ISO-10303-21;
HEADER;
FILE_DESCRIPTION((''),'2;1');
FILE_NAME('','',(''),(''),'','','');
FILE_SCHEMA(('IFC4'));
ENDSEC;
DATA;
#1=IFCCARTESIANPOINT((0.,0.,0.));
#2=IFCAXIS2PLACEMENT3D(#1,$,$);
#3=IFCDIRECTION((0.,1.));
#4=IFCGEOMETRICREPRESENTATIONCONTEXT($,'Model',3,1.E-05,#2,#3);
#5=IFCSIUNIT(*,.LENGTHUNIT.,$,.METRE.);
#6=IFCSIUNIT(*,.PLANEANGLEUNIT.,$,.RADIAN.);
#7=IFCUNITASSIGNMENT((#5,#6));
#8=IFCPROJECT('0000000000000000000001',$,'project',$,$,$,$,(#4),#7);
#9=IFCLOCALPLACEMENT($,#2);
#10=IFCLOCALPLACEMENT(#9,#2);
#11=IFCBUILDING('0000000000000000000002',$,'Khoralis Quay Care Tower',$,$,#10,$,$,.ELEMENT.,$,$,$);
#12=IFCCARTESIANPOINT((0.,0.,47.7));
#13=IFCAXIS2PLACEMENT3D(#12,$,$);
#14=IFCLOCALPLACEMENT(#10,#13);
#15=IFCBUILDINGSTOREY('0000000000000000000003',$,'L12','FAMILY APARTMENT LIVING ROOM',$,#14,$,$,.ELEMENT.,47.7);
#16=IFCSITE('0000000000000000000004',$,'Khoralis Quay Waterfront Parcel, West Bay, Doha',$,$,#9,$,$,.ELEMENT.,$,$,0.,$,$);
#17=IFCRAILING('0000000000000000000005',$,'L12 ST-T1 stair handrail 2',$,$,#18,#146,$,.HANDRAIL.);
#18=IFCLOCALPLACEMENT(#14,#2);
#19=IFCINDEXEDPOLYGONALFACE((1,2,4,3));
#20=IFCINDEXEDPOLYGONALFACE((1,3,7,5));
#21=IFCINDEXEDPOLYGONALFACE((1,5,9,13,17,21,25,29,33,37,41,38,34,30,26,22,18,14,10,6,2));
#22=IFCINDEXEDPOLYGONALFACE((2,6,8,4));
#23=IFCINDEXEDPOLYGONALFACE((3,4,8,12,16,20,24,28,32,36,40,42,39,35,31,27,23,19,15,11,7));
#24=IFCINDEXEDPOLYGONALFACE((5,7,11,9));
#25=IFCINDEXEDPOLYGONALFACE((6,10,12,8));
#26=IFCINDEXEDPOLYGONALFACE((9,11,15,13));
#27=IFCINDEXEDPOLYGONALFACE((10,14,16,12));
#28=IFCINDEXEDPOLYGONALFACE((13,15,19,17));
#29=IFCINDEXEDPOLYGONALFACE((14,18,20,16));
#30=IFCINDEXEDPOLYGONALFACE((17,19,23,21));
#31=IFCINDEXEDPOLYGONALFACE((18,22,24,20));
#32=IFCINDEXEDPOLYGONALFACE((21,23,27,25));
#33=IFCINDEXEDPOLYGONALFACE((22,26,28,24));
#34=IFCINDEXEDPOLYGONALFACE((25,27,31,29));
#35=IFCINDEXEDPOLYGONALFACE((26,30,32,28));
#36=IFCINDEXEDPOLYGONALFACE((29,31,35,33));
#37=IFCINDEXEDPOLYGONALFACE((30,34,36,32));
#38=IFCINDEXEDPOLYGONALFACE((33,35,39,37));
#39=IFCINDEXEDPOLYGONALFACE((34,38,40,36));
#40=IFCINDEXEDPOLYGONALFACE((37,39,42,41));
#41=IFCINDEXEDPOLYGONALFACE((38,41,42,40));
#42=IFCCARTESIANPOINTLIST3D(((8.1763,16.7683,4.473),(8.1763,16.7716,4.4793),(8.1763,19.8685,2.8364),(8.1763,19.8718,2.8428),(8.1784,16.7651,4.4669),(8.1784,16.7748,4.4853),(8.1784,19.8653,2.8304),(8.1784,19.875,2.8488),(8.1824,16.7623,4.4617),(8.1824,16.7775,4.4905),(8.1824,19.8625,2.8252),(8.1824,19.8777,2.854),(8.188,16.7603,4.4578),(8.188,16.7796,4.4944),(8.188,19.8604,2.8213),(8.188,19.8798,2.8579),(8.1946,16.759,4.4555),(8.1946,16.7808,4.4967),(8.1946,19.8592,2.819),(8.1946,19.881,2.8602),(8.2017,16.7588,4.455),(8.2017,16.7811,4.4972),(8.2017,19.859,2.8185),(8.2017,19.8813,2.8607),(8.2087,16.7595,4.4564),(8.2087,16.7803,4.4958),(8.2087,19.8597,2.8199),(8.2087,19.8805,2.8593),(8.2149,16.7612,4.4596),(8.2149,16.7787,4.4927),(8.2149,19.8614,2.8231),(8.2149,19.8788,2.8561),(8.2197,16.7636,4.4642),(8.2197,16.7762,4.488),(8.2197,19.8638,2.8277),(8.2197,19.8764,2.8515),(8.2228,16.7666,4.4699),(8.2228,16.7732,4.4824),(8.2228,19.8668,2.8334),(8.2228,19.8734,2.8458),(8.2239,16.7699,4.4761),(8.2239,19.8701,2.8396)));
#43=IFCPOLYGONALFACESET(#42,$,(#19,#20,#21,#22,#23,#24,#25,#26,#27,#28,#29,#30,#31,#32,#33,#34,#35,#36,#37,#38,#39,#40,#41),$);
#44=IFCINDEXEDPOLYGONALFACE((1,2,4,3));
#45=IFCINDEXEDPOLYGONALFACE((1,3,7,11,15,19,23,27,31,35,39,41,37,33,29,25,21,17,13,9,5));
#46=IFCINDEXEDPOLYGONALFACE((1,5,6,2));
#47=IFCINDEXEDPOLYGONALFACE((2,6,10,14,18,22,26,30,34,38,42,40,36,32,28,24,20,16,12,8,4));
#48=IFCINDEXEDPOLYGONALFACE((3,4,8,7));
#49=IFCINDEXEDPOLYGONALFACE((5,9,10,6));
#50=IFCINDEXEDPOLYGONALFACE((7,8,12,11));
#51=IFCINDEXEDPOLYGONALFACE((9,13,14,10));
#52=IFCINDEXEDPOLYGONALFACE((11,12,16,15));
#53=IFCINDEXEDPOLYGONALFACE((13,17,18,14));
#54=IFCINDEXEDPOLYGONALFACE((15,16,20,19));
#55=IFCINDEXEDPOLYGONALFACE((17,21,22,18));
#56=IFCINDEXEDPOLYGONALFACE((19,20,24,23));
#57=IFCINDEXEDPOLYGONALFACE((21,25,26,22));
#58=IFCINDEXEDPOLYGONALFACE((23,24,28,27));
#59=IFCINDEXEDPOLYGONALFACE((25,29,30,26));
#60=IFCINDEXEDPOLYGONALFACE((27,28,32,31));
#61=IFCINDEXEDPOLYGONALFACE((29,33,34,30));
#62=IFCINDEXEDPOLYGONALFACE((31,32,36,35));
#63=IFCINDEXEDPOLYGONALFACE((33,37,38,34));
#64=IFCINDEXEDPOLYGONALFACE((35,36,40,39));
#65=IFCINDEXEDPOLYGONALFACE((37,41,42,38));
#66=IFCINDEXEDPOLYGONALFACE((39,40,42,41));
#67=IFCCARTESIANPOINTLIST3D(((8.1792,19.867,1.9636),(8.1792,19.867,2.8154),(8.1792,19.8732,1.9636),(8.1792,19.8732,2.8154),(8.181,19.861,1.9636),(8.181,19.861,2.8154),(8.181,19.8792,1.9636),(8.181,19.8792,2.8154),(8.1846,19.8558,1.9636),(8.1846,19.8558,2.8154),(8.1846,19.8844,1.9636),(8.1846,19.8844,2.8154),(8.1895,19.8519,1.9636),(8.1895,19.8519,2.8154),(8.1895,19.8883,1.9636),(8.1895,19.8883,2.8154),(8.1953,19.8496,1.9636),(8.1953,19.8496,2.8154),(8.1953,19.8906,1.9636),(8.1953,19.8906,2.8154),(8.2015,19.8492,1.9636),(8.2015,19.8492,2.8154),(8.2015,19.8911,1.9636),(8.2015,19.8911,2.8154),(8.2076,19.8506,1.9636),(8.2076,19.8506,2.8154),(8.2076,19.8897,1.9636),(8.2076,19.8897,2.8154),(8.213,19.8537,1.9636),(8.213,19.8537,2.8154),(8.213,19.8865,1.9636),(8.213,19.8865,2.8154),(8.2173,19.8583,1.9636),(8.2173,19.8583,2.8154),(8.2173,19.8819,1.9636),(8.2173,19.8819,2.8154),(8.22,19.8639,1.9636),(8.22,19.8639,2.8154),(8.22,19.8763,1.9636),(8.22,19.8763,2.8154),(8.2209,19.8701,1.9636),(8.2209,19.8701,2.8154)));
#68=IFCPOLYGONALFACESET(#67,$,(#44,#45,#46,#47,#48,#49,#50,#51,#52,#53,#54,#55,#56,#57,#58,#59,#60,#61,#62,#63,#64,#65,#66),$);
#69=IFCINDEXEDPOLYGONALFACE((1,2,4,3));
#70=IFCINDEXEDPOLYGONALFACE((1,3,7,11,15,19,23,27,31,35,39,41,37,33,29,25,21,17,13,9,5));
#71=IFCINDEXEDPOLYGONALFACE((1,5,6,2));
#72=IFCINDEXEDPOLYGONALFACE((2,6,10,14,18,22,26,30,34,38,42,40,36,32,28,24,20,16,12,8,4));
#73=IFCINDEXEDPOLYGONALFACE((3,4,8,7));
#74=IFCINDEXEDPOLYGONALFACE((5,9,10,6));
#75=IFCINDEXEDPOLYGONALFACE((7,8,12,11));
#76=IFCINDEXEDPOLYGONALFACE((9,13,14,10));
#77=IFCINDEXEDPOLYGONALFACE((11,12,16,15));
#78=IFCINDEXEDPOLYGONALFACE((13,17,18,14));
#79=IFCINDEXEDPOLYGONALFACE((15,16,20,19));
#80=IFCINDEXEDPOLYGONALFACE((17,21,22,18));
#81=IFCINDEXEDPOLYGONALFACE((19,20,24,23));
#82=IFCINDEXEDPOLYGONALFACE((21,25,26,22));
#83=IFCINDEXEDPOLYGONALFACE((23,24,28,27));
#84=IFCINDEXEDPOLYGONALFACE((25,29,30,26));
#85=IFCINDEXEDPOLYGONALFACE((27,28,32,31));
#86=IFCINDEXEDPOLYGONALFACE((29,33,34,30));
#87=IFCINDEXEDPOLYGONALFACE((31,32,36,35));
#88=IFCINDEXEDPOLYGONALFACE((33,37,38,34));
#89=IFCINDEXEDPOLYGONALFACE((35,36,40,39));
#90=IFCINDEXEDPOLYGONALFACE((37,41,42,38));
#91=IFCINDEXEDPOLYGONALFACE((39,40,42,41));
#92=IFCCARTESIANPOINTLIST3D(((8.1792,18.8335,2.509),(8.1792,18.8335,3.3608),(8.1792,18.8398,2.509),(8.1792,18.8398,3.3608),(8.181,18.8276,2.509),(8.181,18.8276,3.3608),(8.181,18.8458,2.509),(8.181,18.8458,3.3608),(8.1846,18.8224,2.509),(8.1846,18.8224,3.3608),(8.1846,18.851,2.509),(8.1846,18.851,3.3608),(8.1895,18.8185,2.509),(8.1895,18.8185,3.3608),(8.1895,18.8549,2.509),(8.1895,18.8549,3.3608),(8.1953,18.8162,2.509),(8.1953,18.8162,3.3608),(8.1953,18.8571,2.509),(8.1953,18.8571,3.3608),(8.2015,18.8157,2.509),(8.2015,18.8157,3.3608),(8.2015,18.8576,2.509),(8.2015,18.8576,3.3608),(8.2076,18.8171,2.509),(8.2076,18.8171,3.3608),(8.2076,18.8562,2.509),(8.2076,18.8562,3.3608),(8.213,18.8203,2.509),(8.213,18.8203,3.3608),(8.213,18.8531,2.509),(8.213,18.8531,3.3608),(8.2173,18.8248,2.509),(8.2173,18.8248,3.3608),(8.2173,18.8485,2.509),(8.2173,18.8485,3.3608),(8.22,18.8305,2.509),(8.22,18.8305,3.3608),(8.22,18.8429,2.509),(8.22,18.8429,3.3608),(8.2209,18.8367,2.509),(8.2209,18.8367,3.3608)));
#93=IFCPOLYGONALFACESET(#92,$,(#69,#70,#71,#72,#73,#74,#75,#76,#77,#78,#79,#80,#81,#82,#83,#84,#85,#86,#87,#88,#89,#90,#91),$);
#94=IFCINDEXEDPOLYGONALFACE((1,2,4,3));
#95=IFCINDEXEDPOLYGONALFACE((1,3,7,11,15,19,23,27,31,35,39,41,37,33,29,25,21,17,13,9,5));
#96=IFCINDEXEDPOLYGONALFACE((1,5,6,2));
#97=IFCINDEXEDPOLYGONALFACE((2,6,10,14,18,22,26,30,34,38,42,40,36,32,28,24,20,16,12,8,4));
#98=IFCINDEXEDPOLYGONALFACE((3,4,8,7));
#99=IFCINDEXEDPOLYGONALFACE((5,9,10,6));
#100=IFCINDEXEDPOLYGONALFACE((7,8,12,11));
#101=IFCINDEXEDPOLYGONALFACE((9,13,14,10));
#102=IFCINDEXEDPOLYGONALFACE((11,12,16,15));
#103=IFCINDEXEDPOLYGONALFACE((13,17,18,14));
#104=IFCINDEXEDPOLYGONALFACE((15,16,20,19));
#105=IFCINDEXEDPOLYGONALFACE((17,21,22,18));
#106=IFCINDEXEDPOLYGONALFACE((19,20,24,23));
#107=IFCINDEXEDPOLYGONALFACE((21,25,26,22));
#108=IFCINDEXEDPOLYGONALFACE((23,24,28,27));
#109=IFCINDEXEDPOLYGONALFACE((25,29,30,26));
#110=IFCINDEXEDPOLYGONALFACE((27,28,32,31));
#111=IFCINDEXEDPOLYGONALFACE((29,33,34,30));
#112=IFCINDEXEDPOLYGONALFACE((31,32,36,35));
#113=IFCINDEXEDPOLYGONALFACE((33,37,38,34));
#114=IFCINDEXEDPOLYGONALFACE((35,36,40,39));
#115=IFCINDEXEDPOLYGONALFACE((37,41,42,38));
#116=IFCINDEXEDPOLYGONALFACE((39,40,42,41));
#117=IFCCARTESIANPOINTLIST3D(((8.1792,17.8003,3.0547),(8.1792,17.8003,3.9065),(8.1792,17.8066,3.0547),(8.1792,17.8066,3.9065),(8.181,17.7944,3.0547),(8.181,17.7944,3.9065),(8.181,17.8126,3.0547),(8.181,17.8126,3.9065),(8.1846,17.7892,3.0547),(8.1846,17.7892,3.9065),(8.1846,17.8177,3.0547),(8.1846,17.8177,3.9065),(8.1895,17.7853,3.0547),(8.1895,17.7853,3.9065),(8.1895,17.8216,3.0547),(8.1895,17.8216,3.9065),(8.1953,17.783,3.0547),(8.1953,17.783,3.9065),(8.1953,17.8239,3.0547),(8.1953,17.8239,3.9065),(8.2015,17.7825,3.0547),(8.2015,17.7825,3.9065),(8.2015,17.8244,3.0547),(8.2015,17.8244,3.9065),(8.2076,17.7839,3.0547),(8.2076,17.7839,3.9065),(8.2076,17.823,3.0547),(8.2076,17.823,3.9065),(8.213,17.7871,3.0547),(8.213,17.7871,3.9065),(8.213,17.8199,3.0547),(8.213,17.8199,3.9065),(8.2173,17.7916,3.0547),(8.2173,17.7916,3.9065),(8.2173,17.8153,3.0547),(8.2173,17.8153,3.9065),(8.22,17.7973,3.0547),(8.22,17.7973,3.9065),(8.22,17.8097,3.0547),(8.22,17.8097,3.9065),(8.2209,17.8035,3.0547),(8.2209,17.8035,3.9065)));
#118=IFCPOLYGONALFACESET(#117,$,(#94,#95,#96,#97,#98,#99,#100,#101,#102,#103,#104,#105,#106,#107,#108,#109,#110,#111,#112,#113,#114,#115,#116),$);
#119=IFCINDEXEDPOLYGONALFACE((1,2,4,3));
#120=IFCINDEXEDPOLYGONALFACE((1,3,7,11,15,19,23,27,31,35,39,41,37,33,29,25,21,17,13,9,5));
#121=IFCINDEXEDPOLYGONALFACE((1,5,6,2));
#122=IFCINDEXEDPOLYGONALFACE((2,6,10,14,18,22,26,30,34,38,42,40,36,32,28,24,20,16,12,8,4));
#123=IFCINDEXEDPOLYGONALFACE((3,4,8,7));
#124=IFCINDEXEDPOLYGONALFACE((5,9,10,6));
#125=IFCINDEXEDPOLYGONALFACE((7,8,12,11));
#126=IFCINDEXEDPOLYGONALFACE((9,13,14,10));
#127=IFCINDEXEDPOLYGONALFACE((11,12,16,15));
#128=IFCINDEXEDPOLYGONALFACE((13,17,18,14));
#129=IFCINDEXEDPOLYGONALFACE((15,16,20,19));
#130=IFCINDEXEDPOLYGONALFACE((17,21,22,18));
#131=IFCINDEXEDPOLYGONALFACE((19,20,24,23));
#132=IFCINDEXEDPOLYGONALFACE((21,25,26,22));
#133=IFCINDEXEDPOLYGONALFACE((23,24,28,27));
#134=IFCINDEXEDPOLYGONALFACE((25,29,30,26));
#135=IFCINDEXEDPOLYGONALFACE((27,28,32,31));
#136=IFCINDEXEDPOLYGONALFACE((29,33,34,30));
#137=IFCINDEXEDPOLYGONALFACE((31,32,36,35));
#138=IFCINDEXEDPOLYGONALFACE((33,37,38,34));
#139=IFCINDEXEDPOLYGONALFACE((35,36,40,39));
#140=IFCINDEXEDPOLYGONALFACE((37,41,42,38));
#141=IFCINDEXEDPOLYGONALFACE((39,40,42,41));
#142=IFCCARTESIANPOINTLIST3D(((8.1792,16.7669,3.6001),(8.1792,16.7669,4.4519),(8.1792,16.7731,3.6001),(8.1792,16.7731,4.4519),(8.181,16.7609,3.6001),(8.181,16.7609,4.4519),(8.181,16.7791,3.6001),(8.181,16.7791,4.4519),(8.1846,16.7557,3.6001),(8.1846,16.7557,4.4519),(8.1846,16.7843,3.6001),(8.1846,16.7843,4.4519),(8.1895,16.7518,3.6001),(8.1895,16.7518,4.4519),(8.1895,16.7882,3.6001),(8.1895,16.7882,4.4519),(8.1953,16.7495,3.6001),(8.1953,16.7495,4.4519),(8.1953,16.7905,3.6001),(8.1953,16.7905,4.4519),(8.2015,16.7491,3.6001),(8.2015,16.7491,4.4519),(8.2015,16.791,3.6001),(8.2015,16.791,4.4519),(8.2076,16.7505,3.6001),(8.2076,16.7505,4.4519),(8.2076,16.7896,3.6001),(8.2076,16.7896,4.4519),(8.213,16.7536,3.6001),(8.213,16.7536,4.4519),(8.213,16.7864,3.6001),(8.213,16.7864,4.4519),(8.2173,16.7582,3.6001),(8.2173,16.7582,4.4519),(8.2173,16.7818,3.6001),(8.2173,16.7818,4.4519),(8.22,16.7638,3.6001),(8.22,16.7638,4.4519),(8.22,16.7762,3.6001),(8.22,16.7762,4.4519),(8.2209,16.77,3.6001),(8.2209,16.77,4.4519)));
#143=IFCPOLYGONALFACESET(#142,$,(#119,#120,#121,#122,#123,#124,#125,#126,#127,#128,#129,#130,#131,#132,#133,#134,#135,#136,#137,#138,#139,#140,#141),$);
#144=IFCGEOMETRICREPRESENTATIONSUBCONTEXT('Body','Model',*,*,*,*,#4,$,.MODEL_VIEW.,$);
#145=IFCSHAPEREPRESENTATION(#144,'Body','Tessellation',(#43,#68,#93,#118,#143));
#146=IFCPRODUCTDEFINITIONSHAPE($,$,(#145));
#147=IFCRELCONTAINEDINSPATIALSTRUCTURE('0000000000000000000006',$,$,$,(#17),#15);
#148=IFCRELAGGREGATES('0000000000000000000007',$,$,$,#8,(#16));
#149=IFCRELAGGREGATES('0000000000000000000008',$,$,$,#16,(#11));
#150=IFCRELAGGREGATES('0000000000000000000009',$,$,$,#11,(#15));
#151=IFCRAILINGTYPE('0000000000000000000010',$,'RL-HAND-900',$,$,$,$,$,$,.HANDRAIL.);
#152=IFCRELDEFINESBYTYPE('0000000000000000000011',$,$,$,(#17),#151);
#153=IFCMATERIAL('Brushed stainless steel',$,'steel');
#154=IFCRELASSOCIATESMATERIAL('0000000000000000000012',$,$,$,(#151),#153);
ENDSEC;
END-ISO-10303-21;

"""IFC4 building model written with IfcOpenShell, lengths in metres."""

from ifc_helpers import new_model, si_unit, direction, frame, origin, origin_2d, place, context, subcontext, project, spatial, circle, extrude, material, type_object, element, save


model = new_model("IFC4")

# Units and contexts
model_context = context("Model", 3, precision=1e-05, world=origin(), true_north=direction((0.0, 1.0)))
body_context = subcontext(model_context, "Body", "Model", "MODEL_VIEW")
ifc_project = project(units=[si_unit("LENGTHUNIT", "METRE"), si_unit("PLANEANGLEUNIT", "RADIAN")], contexts=[model_context])

# Site, building, storey
site_placement = place(None, origin())
site = spatial("IfcSite", under=ifc_project, at=site_placement, Name="Khoralis Quay Waterfront Parcel, West Bay, Doha", CompositionType="ELEMENT", RefElevation=0.0)
building_placement = place(site_placement, origin())
building = spatial("IfcBuilding", under=site, at=building_placement, Name="Khoralis Quay Care Tower", CompositionType="ELEMENT")
storey_placement = place(building_placement, frame((0.0, 0.0, 47.7)))
storey = spatial("IfcBuildingStorey", under=building, at=storey_placement, Name="L12", Description="FAMILY APARTMENT LIVING ROOM", CompositionType="ELEMENT", Elevation=47.7)

# Shared definitions
ifc_material_1 = material(Name="Brushed stainless steel", Category="steel")

# Railing
railing_type_1 = type_object("IfcRailingType", Name="RL-HAND-900", PredefinedType="HANDRAIL", material=ifc_material_1)
railing_1_placement = place(storey_placement, frame((8.2, 19.8701, 1.9636)))
element("IfcRailing", 1, at=railing_1_placement, inside=storey, type_object=railing_type_1, Name="L12 ST-T1 stair handrail 2", PredefinedType="HANDRAIL", context=body_context, shape_type="SweptSolid", body=[
    extrude(circle(Radius=0.0239, at=origin_2d()), frame((0.0, 0.0, 0.876), z_axis=(0.0, -0.884348, 0.466828), x_axis=(1.0, 0.0, 0.0)), (0.0, 0.0, 1.0), 3.5056),
    extrude(circle(Radius=0.021, at=origin_2d()), origin(), (0.0, 0.0, 1.0), 0.8518),
    extrude(circle(Radius=0.021, at=origin_2d()), frame((0.0, -1.0334, 0.5454)), (0.0, 0.0, 1.0), 0.8518),
    extrude(circle(Radius=0.021, at=origin_2d()), frame((0.0, -2.0667, 1.0911)), (0.0, 0.0, 1.0), 0.8518),
    extrude(circle(Radius=0.021, at=origin_2d()), frame((0.0, -3.1001, 1.6365)), (0.0, 0.0, 1.0), 0.8518),
])

save(model, "model.ifc")
